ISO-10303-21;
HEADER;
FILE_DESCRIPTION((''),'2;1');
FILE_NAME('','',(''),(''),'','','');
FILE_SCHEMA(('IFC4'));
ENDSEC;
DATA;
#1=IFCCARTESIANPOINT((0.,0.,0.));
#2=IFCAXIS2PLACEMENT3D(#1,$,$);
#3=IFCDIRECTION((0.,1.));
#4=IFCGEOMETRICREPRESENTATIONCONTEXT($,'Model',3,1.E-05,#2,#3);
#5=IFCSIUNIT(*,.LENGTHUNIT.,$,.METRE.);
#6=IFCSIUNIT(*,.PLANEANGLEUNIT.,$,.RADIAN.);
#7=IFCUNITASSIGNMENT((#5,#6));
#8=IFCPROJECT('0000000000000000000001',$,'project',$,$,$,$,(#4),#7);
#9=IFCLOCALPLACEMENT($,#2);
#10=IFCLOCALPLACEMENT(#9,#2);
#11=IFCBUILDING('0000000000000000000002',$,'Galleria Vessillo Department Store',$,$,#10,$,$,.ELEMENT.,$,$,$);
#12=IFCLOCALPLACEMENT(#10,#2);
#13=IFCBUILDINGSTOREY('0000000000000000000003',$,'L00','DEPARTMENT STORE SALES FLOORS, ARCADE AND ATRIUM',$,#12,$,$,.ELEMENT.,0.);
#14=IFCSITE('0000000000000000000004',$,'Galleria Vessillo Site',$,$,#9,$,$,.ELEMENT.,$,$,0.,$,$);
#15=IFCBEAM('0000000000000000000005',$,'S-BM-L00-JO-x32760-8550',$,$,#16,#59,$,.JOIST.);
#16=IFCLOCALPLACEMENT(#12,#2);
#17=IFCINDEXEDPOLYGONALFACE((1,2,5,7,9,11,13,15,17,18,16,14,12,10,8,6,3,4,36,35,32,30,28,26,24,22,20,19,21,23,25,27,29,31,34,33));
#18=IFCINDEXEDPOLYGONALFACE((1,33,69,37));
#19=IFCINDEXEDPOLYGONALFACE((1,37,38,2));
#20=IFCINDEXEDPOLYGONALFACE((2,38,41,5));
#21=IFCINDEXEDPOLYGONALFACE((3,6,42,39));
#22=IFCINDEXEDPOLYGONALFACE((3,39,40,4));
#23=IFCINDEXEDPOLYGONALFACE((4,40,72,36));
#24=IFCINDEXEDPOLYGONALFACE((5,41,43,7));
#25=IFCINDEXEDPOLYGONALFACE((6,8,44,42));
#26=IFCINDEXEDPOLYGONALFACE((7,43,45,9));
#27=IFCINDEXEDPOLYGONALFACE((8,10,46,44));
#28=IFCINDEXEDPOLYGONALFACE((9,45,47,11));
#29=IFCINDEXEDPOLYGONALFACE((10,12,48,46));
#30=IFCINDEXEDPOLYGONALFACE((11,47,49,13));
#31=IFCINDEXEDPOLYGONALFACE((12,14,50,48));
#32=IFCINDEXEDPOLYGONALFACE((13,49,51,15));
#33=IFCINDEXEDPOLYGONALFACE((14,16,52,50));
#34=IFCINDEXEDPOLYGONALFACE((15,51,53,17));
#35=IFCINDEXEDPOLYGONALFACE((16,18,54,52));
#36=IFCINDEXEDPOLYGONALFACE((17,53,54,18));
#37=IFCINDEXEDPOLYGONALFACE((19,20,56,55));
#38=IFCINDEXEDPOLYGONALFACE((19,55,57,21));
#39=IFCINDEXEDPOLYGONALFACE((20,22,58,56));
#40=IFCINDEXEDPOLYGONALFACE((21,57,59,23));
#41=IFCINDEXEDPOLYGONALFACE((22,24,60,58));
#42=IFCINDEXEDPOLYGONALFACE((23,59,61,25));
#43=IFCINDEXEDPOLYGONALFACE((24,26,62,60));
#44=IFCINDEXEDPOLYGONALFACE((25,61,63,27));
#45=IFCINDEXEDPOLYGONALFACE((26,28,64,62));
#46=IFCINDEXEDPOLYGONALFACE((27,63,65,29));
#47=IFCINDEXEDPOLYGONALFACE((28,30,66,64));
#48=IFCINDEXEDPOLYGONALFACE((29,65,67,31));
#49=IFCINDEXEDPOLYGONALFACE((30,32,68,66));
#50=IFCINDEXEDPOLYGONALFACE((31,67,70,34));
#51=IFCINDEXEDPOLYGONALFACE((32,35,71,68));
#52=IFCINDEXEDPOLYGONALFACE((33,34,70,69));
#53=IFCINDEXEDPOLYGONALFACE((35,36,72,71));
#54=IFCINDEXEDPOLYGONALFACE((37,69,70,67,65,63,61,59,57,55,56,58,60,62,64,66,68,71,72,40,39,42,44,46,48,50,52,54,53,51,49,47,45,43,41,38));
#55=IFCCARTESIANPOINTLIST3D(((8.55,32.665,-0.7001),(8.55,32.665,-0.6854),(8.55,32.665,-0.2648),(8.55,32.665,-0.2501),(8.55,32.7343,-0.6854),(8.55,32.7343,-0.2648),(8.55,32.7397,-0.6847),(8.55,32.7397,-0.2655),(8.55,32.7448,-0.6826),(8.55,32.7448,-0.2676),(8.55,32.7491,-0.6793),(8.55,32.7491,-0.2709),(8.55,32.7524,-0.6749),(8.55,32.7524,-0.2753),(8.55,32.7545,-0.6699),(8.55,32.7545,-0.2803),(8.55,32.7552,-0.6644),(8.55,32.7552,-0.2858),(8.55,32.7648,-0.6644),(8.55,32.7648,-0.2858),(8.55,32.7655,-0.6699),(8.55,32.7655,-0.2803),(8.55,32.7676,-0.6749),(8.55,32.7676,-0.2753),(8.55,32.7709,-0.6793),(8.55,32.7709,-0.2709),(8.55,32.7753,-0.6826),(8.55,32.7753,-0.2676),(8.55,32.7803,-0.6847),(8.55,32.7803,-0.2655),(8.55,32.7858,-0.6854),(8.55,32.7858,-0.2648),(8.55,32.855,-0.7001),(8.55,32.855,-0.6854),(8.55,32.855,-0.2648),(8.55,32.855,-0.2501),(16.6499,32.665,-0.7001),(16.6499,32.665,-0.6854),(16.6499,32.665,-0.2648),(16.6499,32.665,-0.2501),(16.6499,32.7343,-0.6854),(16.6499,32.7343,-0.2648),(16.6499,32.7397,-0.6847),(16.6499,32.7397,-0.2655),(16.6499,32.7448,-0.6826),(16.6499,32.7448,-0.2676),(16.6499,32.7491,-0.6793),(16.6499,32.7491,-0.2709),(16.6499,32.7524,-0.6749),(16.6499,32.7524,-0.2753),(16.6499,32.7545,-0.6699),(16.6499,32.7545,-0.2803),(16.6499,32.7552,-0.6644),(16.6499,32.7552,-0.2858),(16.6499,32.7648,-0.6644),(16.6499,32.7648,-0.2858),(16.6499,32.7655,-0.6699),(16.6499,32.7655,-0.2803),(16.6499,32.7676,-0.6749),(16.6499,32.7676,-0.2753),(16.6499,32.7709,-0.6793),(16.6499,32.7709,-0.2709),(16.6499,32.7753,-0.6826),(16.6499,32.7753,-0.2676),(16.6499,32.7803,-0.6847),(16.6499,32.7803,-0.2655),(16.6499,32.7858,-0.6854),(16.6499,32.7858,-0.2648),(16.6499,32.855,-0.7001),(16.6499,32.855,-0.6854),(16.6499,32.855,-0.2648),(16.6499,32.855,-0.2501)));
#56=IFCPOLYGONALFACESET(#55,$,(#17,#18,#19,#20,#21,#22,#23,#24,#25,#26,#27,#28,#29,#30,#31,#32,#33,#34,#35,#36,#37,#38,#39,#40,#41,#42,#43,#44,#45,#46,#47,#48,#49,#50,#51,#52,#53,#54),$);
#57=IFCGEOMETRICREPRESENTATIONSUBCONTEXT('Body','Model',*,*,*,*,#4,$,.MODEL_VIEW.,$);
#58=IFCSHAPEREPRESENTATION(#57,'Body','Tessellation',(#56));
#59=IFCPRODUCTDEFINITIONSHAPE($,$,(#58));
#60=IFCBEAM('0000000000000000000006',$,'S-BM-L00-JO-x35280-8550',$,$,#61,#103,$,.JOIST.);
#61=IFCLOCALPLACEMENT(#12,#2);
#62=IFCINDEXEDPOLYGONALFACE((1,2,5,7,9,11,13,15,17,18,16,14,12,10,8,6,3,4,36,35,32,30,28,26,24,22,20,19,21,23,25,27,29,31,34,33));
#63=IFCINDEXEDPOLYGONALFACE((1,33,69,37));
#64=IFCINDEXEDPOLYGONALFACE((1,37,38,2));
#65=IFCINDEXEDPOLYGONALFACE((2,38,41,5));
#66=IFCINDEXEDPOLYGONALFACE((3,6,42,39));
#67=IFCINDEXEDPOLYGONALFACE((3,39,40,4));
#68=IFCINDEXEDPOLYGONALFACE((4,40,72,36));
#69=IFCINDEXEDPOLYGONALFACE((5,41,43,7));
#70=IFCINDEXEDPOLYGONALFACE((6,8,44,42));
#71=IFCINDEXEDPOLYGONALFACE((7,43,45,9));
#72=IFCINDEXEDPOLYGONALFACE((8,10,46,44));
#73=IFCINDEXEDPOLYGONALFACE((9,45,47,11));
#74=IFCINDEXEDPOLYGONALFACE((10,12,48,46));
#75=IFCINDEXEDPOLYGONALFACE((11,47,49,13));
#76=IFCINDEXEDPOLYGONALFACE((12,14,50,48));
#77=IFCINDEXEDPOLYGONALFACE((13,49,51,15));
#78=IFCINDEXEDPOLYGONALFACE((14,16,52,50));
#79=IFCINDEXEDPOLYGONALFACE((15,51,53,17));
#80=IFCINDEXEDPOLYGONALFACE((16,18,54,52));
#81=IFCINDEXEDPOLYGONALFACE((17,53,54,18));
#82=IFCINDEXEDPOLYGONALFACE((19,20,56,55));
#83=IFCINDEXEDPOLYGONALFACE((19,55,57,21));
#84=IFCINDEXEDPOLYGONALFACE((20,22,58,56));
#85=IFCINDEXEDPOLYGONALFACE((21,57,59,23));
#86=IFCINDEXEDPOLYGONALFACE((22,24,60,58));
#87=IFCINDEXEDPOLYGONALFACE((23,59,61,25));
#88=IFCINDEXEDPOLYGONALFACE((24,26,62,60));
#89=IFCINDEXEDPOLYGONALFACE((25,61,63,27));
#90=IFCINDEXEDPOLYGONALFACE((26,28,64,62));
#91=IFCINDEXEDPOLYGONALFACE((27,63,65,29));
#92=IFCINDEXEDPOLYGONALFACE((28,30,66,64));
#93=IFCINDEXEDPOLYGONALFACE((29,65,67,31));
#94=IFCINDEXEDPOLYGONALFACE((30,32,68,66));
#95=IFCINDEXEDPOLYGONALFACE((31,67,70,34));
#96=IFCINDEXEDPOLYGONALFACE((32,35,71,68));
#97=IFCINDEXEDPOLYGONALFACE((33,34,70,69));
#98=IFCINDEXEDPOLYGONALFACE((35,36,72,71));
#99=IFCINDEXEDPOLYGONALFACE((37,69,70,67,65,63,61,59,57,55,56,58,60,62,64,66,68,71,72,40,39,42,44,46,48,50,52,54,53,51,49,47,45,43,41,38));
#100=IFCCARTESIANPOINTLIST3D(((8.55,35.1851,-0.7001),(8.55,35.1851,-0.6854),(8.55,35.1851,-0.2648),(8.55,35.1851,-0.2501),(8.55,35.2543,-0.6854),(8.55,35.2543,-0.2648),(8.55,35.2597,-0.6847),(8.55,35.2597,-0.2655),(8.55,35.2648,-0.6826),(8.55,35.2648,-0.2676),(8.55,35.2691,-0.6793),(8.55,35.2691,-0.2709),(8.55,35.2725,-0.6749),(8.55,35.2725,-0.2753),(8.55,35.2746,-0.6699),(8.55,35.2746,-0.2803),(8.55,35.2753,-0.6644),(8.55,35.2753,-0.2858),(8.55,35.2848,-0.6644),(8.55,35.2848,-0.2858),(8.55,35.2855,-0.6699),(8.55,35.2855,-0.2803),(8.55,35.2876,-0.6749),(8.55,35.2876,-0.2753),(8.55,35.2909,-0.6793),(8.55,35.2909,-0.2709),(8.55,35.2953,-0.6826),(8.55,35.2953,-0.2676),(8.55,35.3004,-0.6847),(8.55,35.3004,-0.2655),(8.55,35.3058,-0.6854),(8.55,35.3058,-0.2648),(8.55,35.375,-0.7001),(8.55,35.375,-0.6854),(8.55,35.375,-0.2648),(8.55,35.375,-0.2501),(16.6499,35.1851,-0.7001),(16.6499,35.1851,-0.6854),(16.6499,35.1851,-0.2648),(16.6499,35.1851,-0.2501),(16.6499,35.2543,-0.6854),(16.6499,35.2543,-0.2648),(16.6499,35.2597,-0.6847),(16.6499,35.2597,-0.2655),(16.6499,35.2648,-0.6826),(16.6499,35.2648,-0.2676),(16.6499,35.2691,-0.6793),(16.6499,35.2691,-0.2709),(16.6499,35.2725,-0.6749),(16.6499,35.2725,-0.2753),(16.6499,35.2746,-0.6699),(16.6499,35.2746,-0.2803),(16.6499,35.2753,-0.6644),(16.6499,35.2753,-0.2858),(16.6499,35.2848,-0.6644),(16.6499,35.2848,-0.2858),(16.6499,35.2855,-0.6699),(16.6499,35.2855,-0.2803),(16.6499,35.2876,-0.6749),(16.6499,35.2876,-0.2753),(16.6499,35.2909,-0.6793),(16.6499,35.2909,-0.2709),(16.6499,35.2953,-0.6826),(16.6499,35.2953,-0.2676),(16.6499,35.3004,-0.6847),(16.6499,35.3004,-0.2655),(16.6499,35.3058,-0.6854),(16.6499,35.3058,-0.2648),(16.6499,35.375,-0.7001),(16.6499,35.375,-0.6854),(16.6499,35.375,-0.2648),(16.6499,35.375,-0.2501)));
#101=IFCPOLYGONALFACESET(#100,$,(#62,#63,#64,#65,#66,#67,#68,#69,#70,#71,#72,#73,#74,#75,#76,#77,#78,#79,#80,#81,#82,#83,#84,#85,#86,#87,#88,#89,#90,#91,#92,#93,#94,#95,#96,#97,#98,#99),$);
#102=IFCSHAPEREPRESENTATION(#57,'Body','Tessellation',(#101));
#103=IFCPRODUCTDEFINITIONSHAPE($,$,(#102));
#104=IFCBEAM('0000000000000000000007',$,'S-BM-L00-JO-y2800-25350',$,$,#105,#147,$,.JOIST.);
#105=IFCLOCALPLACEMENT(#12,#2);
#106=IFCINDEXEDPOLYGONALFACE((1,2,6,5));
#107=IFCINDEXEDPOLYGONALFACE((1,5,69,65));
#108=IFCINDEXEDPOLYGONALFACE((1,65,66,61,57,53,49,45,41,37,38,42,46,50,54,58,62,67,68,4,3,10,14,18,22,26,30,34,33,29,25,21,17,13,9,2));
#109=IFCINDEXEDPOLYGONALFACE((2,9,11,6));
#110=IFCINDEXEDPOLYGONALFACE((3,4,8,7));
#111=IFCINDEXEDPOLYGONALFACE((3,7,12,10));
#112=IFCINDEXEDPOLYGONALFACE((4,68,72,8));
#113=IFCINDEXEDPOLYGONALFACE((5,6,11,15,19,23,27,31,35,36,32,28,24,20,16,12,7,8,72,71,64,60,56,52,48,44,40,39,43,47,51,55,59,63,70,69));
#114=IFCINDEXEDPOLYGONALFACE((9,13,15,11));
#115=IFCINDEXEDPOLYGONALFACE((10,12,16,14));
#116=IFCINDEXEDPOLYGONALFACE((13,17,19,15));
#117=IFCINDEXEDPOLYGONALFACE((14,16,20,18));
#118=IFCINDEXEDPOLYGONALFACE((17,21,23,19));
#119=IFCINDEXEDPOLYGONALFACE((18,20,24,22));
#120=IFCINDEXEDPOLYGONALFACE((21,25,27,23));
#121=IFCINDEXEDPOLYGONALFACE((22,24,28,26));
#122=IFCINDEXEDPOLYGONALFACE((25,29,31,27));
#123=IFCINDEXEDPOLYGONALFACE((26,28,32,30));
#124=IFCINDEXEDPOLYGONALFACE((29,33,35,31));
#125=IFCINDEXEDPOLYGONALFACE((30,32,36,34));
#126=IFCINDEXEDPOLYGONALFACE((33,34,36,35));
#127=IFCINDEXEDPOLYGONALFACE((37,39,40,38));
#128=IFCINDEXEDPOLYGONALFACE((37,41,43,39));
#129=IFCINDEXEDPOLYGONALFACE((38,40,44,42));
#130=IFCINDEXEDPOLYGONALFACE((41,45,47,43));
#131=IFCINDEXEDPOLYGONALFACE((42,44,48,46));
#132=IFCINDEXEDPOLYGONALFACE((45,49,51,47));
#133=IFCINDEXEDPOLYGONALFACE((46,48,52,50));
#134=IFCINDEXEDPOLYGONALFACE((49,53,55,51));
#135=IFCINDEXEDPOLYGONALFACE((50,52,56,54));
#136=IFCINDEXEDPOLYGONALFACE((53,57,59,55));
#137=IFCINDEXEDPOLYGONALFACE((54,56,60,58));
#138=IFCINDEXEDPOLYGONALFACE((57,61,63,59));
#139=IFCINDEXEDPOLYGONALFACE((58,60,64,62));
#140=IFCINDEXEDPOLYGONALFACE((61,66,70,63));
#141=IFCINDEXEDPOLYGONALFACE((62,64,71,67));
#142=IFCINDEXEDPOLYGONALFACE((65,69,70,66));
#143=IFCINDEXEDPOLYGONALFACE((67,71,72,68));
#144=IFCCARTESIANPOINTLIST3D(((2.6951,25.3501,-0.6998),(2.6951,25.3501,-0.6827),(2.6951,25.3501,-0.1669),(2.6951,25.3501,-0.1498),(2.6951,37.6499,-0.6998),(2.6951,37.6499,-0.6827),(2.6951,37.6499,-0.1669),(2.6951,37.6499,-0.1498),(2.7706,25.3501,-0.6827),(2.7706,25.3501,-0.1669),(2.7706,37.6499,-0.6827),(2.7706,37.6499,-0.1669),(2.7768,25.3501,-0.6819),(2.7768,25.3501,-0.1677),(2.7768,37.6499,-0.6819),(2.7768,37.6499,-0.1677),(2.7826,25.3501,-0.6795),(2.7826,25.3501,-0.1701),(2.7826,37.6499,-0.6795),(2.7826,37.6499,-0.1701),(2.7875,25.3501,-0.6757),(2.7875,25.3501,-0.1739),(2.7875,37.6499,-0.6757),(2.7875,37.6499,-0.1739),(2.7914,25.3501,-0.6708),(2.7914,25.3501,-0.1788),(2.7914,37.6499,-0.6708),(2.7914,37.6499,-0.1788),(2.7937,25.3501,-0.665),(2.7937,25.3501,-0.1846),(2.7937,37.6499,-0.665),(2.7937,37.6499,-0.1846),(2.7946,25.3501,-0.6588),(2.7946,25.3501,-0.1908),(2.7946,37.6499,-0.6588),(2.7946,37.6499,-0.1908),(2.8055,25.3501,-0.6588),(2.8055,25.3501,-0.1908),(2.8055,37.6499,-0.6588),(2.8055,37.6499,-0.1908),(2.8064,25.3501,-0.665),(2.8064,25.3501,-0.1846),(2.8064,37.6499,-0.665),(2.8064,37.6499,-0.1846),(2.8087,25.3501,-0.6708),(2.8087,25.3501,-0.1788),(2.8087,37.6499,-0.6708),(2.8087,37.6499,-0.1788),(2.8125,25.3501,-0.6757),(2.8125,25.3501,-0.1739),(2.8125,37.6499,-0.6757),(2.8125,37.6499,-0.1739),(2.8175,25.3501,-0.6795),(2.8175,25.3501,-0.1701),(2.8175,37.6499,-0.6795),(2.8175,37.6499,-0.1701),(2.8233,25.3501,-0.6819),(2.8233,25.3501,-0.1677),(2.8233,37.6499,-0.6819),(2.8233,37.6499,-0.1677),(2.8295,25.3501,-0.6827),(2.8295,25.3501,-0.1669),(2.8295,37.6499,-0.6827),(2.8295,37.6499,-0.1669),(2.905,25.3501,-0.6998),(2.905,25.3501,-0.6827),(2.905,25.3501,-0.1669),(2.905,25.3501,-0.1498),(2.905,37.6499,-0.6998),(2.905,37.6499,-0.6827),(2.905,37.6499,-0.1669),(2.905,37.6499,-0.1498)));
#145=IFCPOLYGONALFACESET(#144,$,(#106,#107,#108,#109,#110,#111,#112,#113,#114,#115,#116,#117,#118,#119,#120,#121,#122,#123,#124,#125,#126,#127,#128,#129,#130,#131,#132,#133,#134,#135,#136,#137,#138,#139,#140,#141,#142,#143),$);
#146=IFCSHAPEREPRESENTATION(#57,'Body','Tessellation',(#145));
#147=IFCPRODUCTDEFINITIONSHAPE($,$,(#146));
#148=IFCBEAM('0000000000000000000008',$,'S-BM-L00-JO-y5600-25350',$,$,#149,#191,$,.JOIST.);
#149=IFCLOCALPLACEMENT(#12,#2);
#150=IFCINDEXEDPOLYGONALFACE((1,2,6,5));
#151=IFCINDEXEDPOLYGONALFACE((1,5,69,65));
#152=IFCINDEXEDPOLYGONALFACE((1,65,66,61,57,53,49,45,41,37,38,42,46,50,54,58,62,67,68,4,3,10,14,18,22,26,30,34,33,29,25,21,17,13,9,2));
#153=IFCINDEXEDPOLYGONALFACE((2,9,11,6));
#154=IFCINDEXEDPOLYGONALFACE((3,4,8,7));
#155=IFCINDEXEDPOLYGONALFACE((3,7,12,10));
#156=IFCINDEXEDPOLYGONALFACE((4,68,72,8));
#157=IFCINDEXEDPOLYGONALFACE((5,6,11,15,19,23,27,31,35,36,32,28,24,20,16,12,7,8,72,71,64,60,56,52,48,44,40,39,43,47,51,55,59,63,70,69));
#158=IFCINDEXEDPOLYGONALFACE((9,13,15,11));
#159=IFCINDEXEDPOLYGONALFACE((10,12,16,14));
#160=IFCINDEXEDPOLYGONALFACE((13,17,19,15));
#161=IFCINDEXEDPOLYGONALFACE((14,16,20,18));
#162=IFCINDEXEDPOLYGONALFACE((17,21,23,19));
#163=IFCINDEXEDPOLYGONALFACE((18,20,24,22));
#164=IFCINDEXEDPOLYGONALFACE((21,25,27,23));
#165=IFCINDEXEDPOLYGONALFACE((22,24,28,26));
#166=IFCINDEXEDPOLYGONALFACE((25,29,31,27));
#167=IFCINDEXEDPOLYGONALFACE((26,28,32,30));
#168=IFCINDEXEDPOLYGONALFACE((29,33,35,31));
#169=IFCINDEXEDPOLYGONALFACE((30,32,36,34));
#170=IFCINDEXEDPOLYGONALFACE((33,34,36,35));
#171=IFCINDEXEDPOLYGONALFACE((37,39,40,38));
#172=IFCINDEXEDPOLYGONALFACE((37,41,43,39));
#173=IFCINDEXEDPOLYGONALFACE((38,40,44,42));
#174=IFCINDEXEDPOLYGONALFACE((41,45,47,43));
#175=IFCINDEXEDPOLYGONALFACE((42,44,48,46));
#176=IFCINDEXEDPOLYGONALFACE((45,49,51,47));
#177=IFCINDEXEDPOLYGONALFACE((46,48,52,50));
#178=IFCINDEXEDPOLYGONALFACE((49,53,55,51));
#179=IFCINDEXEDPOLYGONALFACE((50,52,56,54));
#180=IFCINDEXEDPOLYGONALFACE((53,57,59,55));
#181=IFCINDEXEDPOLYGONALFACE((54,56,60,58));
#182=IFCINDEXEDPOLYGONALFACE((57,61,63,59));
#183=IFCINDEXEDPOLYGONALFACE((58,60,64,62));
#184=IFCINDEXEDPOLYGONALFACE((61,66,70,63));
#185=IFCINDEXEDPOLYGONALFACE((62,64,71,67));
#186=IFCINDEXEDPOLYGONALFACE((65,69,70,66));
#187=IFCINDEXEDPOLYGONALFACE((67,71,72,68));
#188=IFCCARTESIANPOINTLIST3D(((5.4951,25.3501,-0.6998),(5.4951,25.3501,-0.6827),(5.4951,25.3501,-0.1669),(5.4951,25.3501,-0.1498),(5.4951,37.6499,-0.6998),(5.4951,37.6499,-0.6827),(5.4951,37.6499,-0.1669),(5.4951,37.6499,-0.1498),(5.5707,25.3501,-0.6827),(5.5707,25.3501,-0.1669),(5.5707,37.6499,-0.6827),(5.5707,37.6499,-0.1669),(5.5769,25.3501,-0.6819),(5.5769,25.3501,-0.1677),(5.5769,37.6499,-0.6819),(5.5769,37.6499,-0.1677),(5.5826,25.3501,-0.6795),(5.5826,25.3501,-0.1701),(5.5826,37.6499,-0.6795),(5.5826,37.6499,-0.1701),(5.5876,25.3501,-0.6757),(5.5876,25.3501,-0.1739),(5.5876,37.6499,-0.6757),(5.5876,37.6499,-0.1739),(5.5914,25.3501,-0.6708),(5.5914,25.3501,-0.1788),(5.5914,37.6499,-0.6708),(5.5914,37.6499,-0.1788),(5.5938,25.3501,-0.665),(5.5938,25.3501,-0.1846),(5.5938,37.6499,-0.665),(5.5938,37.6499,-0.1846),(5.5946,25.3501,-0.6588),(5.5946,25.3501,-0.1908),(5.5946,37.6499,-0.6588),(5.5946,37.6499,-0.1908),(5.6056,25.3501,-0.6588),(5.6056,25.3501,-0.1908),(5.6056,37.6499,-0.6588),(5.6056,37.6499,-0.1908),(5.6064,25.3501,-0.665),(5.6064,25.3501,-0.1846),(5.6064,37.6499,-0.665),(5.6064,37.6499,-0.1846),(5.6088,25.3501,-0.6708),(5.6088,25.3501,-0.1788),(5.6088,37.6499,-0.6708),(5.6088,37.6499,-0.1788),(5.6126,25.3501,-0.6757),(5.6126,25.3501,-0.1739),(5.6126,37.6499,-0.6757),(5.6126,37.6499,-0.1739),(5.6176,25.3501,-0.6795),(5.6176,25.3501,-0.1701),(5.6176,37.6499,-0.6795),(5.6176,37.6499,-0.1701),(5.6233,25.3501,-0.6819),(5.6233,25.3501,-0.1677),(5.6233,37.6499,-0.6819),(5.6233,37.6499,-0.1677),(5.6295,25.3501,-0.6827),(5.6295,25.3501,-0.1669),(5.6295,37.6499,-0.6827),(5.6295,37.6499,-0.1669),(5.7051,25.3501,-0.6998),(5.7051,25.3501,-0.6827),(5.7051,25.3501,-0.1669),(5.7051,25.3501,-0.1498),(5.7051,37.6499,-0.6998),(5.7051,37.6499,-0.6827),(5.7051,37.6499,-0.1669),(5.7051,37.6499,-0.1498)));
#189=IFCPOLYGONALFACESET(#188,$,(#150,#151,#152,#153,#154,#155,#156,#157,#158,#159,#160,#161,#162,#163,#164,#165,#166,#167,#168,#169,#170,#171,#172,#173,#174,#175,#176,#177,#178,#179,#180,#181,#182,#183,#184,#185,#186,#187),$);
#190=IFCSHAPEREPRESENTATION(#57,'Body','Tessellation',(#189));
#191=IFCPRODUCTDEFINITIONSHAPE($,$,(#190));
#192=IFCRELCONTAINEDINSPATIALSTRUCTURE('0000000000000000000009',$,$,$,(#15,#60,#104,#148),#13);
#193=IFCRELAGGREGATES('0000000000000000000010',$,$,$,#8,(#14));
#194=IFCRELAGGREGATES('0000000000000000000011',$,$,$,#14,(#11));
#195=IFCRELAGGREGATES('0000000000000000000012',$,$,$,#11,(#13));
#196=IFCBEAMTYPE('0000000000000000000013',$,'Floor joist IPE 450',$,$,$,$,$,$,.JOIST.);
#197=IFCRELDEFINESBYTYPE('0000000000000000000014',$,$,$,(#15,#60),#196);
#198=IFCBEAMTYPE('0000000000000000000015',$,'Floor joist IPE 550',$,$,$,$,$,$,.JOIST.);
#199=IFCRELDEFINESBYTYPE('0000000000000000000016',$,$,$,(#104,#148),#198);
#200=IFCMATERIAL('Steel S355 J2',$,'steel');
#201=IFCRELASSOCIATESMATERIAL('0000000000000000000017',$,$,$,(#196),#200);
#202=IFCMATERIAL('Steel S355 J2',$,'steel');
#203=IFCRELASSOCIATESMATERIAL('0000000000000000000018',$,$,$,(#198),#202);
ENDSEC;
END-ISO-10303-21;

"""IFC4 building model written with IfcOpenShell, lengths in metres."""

from ifc_helpers import new_model, si_unit, direction, frame, origin, origin_2d, place, context, subcontext, project, spatial, i_section, extrude, material, material_profile, profile_set, type_object, element, save


model = new_model("IFC4")

# Units and contexts
model_context = context("Model", 3, precision=1e-05, world=origin(), true_north=direction((0.0, 1.0)))
body_context = subcontext(model_context, "Body", "Model", "MODEL_VIEW")
ifc_project = project(units=[si_unit("LENGTHUNIT", "METRE"), si_unit("PLANEANGLEUNIT", "RADIAN")], contexts=[model_context])

# Site, building, storey
site_placement = place(None, origin())
site = spatial("IfcSite", under=ifc_project, at=site_placement, Name="Galleria Vessillo Site", CompositionType="ELEMENT", RefElevation=0.0)
building_placement = place(site_placement, origin())
building = spatial("IfcBuilding", under=site, at=building_placement, Name="Galleria Vessillo Department Store", CompositionType="ELEMENT")
storey_placement = place(building_placement, origin())
storey = spatial("IfcBuildingStorey", under=building, at=storey_placement, Name="L00", Description="DEPARTMENT STORE SALES FLOORS, ARCADE AND ATRIUM", CompositionType="ELEMENT", Elevation=0.0)

# Beams
ifc_material_1 = material(Name="Steel S355 J2", Category="steel")
ifc_material_profile_1 = material_profile(ifc_material_1, i_section(OverallWidth=0.1899, OverallDepth=0.45, WebThickness=0.0095, FlangeThickness=0.0146, FilletRadius=0.021, at=origin_2d()), Name="IPE 450")
ifc_profile_set_1 = profile_set([ifc_material_profile_1], Name="Steel S355 J2")
beam_type_1 = type_object("IfcBeamType", Name="Floor joist IPE 450", PredefinedType="JOIST", material=ifc_profile_set_1)
for number, where, z_axis, x_axis, name in (
    (1, (8.55, 32.76, -0.4751), (1.0, 0.0, 0.0), (0.0, 1.0, 0.0), "S-BM-L00-JO-x32760-8550"),
    (2, (8.55, 35.28, -0.4751), (1.0, 0.0, 0.0), (0.0, 1.0, 0.0), "S-BM-L00-JO-x35280-8550"),
):
    element("IfcBeam", number, at=place(storey_placement, frame(where, z_axis=z_axis, x_axis=x_axis)), inside=storey, type_object=beam_type_1, Name=name, PredefinedType="JOIST", context=body_context, shape_type="SweptSolid", body=[
        extrude(i_section(OverallWidth=0.1899, OverallDepth=0.45, WebThickness=0.0095, FlangeThickness=0.0146, FilletRadius=0.021, at=origin_2d()), origin(), (0.0, 0.0, 1.0), 8.0999),
    ])
ifc_material_2 = material(Name="Steel S355 J2", Category="steel")
ifc_material_profile_2 = material_profile(ifc_material_2, i_section(OverallWidth=0.21, OverallDepth=0.55, WebThickness=0.011, FlangeThickness=0.0171, FilletRadius=0.0239, at=origin_2d()), Name="IPE 550")
ifc_profile_set_2 = profile_set([ifc_material_profile_2], Name="Steel S355 J2")
beam_type_2 = type_object("IfcBeamType", Name="Floor joist IPE 550", PredefinedType="JOIST", material=ifc_profile_set_2)
for number, where, z_axis, x_axis, name in (
    (3, (2.8, 25.3501, -0.4248), (0.0, 1.0, 0.0), (-1.0, 0.0, 0.0), "S-BM-L00-JO-y2800-25350"),
    (4, (5.6001, 25.3501, -0.4248), (0.0, 1.0, 0.0), (-1.0, 0.0, 0.0), "S-BM-L00-JO-y5600-25350"),
):
    element("IfcBeam", number, at=place(storey_placement, frame(where, z_axis=z_axis, x_axis=x_axis)), inside=storey, type_object=beam_type_2, Name=name, PredefinedType="JOIST", context=body_context, shape_type="SweptSolid", body=[
        extrude(i_section(OverallWidth=0.21, OverallDepth=0.55, WebThickness=0.011, FlangeThickness=0.0171, FilletRadius=0.0239, at=origin_2d()), origin(), (0.0, 0.0, 1.0), 12.2998),
    ])

save(model, "model.ifc")
